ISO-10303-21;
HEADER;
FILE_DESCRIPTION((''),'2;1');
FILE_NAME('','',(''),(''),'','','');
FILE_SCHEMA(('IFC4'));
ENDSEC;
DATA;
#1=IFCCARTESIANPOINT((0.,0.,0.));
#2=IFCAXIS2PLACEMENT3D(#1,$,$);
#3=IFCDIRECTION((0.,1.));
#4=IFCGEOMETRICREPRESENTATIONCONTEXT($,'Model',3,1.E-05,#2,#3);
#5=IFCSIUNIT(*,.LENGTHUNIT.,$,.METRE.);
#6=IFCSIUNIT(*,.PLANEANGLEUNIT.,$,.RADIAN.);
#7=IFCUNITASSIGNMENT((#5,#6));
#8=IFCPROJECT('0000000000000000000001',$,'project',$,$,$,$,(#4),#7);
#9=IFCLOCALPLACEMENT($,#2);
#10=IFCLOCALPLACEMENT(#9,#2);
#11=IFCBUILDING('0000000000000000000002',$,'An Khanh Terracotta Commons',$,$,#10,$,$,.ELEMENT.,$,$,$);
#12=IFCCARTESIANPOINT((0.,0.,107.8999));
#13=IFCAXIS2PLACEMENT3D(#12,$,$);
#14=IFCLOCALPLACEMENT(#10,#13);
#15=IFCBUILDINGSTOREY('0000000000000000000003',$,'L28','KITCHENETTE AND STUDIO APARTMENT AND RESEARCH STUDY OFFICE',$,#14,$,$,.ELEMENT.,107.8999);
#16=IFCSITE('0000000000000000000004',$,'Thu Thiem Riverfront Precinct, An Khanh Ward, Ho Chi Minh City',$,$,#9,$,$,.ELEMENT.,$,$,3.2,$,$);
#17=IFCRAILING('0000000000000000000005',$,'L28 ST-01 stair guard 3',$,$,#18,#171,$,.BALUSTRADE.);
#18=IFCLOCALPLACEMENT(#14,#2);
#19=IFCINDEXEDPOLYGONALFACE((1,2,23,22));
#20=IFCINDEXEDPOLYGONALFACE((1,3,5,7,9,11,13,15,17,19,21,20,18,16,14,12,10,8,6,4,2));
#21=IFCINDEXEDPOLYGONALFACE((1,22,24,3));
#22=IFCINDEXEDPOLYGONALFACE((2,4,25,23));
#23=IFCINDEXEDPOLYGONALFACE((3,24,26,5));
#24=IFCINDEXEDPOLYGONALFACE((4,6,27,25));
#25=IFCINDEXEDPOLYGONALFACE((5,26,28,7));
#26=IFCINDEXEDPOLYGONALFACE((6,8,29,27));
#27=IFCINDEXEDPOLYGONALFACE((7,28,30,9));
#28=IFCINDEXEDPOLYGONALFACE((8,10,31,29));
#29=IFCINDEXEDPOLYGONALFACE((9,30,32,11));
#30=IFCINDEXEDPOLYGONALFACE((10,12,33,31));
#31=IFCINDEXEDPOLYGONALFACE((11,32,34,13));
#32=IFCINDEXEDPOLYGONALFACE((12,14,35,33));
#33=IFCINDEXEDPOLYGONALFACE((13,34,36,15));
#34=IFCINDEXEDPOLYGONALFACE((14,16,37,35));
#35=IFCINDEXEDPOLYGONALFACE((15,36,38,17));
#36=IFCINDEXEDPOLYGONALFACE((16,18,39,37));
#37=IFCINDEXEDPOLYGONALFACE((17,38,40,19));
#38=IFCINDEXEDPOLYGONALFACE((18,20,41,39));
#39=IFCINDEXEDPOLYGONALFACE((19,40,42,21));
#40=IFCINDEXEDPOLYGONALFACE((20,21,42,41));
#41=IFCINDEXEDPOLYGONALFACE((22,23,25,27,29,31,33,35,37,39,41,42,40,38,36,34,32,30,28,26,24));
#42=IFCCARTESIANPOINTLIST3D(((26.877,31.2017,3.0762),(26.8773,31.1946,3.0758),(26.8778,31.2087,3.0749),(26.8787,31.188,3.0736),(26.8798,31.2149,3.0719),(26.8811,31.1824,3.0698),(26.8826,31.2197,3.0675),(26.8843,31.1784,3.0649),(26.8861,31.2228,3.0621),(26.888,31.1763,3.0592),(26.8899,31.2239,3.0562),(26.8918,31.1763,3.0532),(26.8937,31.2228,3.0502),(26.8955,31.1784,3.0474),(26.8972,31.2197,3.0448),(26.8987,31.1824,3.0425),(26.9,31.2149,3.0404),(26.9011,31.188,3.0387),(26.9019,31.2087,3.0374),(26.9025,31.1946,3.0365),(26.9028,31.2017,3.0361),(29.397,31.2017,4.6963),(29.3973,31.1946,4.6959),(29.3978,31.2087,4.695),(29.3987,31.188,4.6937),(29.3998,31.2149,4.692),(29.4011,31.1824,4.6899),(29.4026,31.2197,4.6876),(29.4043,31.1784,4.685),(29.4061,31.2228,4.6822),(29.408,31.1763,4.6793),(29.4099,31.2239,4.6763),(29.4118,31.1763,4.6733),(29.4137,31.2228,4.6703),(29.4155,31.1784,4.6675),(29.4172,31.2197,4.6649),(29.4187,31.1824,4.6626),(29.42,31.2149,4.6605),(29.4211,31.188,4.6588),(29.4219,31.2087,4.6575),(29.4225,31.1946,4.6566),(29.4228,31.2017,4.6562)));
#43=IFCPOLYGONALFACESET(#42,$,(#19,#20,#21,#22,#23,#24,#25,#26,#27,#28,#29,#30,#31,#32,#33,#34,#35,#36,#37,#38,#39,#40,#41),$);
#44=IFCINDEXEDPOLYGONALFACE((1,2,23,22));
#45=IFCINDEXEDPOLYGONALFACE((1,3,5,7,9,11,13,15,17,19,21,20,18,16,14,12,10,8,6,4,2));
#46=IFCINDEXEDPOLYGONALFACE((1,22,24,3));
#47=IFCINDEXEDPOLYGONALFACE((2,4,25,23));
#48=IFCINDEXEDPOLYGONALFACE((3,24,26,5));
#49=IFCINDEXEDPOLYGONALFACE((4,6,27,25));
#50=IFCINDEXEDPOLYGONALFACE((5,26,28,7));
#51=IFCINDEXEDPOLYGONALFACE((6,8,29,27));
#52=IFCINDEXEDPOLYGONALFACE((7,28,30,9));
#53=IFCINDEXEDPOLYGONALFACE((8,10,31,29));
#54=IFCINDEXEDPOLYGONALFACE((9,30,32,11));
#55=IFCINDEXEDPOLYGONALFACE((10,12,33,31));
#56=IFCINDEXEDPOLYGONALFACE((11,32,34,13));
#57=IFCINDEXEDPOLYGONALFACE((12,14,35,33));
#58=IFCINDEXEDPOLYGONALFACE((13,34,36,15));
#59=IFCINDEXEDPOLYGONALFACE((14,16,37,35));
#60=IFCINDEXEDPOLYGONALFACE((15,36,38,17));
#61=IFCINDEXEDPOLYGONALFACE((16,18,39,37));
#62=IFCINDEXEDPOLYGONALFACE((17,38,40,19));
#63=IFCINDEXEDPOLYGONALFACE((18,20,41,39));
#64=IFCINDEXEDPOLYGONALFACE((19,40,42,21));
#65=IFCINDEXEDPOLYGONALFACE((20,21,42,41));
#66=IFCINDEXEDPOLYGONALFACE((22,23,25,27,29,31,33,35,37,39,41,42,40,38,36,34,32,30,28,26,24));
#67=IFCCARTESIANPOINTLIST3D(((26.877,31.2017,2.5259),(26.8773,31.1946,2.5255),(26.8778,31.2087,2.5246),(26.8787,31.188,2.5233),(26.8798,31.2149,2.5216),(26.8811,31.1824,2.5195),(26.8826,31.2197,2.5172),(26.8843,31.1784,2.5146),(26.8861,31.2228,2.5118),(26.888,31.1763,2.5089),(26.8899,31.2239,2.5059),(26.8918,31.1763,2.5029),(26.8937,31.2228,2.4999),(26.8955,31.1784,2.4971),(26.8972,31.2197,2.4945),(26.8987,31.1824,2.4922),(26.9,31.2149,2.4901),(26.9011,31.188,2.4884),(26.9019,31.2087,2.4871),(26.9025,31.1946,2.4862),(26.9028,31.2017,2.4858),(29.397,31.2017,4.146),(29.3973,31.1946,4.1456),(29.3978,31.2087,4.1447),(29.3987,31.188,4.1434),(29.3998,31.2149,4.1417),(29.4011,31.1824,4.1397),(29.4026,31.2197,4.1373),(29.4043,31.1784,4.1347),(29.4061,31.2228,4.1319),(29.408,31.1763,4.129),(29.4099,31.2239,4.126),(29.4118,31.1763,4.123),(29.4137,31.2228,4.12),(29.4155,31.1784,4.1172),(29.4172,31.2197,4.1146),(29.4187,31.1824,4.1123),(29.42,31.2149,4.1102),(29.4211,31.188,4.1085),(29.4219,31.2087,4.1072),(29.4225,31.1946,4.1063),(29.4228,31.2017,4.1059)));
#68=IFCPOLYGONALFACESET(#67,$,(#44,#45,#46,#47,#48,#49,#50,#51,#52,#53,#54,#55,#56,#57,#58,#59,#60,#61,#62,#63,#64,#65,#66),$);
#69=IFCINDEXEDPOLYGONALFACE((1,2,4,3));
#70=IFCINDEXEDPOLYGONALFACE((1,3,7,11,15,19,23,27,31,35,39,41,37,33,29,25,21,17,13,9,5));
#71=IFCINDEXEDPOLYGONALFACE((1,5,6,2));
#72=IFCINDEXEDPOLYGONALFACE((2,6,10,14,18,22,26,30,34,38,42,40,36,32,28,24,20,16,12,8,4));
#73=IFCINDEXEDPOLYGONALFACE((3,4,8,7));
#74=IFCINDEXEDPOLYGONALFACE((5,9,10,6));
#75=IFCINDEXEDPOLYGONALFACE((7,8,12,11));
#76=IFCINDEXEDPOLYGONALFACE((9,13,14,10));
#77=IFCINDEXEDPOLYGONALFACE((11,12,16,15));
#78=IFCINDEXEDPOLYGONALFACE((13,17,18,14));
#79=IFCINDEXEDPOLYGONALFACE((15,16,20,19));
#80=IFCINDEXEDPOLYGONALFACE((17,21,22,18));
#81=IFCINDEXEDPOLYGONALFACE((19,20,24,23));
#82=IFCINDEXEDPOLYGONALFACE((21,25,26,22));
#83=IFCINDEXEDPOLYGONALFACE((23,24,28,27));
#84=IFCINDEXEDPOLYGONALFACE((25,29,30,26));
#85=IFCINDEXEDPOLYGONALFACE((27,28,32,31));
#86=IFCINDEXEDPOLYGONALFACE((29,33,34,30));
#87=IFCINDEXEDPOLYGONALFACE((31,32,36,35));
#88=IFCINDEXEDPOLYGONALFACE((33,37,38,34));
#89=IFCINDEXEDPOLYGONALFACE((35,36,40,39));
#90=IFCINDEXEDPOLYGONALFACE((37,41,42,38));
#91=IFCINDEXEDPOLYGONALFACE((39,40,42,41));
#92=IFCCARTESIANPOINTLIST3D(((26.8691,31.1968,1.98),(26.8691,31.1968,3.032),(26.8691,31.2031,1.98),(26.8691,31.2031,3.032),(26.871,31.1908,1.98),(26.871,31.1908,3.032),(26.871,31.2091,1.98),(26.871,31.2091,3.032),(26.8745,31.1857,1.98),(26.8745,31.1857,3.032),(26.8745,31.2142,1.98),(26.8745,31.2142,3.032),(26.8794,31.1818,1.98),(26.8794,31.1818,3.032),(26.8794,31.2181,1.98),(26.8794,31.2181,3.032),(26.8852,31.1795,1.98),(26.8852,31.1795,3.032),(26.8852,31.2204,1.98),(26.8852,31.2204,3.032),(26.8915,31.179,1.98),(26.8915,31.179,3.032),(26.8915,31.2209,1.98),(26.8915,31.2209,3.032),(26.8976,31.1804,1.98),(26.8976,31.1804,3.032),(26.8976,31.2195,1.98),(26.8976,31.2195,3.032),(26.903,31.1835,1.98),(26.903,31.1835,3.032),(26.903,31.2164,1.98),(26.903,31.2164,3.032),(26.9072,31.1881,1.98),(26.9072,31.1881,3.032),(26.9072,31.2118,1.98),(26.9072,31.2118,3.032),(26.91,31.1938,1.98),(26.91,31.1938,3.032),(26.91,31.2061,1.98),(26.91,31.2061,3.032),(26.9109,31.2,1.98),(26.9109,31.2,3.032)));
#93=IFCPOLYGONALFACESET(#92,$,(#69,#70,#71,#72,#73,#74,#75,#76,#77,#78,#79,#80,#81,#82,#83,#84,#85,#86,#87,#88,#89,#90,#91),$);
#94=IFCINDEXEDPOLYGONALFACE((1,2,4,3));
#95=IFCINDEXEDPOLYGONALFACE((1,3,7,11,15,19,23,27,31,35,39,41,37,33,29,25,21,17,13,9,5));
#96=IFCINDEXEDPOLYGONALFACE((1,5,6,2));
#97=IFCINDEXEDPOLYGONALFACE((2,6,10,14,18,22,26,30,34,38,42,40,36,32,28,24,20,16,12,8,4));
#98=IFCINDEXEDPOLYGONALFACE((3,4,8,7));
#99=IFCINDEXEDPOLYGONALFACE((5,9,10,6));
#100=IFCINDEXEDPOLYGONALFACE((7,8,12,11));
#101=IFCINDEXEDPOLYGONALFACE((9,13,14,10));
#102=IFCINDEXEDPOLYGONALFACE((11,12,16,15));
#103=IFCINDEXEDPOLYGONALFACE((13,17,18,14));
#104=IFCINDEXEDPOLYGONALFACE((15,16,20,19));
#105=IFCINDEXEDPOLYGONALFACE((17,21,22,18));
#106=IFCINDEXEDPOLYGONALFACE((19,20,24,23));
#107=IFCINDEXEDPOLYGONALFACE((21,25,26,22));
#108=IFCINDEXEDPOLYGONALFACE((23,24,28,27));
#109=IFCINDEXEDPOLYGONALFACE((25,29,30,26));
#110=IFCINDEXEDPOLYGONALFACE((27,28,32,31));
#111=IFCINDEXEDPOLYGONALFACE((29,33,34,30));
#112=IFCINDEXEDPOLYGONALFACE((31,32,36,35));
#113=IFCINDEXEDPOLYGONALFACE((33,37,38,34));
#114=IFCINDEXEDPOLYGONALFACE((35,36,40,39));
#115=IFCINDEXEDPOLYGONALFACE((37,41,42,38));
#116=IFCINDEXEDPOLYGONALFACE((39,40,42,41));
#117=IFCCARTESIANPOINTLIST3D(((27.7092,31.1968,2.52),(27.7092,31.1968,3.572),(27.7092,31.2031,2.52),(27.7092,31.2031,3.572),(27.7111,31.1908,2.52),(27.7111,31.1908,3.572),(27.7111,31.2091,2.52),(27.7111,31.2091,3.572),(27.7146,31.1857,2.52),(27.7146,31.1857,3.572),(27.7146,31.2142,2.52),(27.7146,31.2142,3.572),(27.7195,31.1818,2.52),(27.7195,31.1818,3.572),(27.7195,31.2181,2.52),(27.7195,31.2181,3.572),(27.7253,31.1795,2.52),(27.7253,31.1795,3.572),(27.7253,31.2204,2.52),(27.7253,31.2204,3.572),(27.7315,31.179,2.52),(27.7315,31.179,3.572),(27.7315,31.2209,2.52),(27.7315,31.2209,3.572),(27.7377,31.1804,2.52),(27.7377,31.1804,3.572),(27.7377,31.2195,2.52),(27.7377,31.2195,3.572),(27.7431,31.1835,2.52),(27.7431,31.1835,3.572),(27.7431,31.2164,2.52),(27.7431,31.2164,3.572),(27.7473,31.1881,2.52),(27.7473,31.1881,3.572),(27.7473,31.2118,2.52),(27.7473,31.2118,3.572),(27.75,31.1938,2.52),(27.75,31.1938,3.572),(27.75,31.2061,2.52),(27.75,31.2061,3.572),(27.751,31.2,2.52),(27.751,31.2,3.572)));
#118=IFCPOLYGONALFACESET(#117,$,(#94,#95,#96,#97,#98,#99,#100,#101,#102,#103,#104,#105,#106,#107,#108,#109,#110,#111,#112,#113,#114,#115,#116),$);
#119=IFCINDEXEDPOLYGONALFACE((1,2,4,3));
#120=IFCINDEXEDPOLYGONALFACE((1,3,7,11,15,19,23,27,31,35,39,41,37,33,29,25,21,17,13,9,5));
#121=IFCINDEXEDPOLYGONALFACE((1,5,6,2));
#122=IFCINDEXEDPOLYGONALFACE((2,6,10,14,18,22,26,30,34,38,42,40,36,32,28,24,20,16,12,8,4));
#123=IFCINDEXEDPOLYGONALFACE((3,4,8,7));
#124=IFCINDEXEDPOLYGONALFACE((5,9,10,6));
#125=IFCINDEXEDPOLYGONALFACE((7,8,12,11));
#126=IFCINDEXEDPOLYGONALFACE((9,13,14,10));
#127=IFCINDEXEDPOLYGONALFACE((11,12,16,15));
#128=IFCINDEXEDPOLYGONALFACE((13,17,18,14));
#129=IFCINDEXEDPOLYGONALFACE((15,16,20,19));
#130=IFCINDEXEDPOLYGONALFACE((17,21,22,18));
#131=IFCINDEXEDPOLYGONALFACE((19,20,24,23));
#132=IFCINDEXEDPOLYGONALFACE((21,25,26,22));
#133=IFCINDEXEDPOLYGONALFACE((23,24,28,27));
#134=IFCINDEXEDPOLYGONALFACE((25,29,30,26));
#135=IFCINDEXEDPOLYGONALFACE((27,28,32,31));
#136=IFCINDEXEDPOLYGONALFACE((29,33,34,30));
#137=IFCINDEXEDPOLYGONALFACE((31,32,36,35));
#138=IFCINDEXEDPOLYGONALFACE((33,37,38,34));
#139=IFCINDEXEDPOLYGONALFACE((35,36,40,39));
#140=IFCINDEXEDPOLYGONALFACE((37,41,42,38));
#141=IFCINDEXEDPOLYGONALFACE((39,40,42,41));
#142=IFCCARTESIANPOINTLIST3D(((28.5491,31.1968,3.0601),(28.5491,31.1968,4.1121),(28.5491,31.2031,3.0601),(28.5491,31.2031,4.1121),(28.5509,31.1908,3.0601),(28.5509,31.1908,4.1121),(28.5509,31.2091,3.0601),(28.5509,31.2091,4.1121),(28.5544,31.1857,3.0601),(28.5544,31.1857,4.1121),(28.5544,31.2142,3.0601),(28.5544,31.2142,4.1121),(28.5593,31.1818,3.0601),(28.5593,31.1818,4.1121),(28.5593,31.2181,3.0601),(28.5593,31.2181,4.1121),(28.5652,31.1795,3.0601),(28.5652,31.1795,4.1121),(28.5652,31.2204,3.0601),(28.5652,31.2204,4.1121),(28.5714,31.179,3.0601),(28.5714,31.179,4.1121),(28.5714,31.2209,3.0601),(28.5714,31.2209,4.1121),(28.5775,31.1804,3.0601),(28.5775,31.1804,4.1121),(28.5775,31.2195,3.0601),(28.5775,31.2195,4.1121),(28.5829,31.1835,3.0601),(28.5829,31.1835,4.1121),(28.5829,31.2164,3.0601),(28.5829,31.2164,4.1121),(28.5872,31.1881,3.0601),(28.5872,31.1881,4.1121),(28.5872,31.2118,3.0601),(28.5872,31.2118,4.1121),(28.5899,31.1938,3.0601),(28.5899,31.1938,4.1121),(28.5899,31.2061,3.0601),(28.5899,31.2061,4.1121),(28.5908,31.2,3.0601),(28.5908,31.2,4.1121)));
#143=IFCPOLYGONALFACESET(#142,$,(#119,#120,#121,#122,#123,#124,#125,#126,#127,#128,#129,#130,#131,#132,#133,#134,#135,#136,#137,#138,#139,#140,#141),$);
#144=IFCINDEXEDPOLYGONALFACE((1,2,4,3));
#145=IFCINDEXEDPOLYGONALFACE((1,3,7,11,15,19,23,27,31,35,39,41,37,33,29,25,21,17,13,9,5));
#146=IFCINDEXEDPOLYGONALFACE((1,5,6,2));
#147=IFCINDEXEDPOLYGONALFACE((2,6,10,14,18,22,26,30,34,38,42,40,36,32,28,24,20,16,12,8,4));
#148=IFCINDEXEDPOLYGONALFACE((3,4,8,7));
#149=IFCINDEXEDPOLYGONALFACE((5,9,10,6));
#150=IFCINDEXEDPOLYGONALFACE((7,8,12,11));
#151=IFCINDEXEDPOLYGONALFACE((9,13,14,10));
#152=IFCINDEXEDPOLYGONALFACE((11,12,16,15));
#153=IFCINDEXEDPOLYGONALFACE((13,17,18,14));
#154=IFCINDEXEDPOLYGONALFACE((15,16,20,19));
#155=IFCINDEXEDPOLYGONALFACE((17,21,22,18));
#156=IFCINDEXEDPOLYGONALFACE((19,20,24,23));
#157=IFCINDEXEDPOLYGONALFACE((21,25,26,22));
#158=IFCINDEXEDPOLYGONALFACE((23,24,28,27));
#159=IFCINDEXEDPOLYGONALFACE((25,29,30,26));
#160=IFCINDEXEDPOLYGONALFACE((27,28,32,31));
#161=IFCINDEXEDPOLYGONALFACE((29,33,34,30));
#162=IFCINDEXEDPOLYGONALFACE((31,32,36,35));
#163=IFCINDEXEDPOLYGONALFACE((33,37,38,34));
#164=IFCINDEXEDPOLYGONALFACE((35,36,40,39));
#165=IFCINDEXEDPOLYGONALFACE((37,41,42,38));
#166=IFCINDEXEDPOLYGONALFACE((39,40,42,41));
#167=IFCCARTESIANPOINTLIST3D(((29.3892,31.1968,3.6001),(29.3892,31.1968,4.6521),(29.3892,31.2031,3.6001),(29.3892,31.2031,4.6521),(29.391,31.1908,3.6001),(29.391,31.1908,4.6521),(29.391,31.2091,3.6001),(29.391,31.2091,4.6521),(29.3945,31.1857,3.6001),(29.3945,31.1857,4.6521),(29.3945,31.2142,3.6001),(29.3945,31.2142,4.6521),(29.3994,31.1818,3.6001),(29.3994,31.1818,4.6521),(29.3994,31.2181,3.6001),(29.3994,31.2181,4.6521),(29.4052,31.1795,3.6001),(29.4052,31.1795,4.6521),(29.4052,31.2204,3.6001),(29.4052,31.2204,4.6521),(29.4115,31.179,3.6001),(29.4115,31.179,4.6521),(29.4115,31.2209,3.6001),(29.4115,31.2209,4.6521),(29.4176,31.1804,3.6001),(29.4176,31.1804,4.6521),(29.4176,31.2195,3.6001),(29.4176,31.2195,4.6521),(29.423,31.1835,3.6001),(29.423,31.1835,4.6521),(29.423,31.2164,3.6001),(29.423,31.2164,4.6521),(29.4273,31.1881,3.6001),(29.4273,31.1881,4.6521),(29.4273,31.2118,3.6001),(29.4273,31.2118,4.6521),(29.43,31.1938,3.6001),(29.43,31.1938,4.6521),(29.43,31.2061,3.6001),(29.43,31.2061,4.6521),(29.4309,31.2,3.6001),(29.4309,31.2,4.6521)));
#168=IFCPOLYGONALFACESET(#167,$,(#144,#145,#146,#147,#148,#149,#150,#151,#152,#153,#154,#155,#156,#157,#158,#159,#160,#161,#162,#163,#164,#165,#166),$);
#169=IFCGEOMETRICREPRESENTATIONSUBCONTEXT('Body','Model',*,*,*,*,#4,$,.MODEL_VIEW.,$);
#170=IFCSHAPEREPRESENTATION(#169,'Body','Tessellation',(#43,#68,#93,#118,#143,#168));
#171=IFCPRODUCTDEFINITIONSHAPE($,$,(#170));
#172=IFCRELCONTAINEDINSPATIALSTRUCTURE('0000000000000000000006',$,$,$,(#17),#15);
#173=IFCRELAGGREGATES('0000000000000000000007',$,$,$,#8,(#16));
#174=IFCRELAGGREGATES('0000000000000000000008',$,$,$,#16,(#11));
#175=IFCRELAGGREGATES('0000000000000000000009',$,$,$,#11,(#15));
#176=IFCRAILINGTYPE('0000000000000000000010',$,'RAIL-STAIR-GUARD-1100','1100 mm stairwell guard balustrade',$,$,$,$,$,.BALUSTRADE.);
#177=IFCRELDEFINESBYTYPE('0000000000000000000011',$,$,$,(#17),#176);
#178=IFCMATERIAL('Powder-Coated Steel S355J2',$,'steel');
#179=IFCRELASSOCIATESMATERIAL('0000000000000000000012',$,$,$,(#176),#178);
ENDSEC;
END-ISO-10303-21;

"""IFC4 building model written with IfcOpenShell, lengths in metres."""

from ifc_helpers import new_model, si_unit, direction, frame, origin, origin_2d, place, context, subcontext, project, spatial, circle, extrude, material, type_object, element, save


model = new_model("IFC4")

# Units and contexts
model_context = context("Model", 3, precision=1e-05, world=origin(), true_north=direction((0.0, 1.0)))
body_context = subcontext(model_context, "Body", "Model", "MODEL_VIEW")
ifc_project = project(units=[si_unit("LENGTHUNIT", "METRE"), si_unit("PLANEANGLEUNIT", "RADIAN")], contexts=[model_context])

# Site, building, storey
site_placement = place(None, origin())
site = spatial("IfcSite", under=ifc_project, at=site_placement, Name="Thu Thiem Riverfront Precinct, An Khanh Ward, Ho Chi Minh City", CompositionType="ELEMENT", RefElevation=3.2)
building_placement = place(site_placement, origin())
building = spatial("IfcBuilding", under=site, at=building_placement, Name="An Khanh Terracotta Commons", CompositionType="ELEMENT")
storey_placement = place(building_placement, frame((0.0, 0.0, 107.8999)))
storey = spatial("IfcBuildingStorey", under=building, at=storey_placement, Name="L28", Description="KITCHENETTE AND STUDIO APARTMENT AND RESEARCH STUDY OFFICE", CompositionType="ELEMENT", Elevation=107.8999)

# Railing
ifc_material_1 = material(Name="Powder-Coated Steel S355J2", Category="steel")
railing_type_1 = type_object("IfcRailingType", Name="RAIL-STAIR-GUARD-1100", Description="1100 mm stairwell guard balustrade", PredefinedType="BALUSTRADE", material=ifc_material_1)
railing_1_placement = place(storey_placement, frame((26.8899, 31.2, 1.98)))
element("IfcRailing", 1, at=railing_1_placement, inside=storey, type_object=railing_type_1, Name="L28 ST-01 stair guard 3", PredefinedType="BALUSTRADE", context=body_context, shape_type="SweptSolid", body=[
    extrude(circle(Radius=0.0239, at=origin_2d()), frame((0.0, 0.0, 1.0762), z_axis=(0.841163, 0.0, 0.540782), x_axis=(0.0, 1.0, 0.0)), (0.0, 0.0, 1.0), 2.9958),
    extrude(circle(Radius=0.0239, at=origin_2d()), frame((0.0, 0.0, 0.5259), z_axis=(0.841163, 0.0, 0.540782), x_axis=(0.0, 1.0, 0.0)), (0.0, 0.0, 1.0), 2.9958),
    extrude(circle(Radius=0.021, at=origin_2d()), origin(), (0.0, 0.0, 1.0), 1.052),
    extrude(circle(Radius=0.021, at=origin_2d()), frame((0.8401, 0.0, 0.54)), (0.0, 0.0, 1.0), 1.052),
    extrude(circle(Radius=0.021, at=origin_2d()), frame((1.6799, 0.0, 1.0801)), (0.0, 0.0, 1.0), 1.052),
    extrude(circle(Radius=0.021, at=origin_2d()), frame((2.52, 0.0, 1.6201)), (0.0, 0.0, 1.0), 1.052),
])

save(model, "model.ifc")
